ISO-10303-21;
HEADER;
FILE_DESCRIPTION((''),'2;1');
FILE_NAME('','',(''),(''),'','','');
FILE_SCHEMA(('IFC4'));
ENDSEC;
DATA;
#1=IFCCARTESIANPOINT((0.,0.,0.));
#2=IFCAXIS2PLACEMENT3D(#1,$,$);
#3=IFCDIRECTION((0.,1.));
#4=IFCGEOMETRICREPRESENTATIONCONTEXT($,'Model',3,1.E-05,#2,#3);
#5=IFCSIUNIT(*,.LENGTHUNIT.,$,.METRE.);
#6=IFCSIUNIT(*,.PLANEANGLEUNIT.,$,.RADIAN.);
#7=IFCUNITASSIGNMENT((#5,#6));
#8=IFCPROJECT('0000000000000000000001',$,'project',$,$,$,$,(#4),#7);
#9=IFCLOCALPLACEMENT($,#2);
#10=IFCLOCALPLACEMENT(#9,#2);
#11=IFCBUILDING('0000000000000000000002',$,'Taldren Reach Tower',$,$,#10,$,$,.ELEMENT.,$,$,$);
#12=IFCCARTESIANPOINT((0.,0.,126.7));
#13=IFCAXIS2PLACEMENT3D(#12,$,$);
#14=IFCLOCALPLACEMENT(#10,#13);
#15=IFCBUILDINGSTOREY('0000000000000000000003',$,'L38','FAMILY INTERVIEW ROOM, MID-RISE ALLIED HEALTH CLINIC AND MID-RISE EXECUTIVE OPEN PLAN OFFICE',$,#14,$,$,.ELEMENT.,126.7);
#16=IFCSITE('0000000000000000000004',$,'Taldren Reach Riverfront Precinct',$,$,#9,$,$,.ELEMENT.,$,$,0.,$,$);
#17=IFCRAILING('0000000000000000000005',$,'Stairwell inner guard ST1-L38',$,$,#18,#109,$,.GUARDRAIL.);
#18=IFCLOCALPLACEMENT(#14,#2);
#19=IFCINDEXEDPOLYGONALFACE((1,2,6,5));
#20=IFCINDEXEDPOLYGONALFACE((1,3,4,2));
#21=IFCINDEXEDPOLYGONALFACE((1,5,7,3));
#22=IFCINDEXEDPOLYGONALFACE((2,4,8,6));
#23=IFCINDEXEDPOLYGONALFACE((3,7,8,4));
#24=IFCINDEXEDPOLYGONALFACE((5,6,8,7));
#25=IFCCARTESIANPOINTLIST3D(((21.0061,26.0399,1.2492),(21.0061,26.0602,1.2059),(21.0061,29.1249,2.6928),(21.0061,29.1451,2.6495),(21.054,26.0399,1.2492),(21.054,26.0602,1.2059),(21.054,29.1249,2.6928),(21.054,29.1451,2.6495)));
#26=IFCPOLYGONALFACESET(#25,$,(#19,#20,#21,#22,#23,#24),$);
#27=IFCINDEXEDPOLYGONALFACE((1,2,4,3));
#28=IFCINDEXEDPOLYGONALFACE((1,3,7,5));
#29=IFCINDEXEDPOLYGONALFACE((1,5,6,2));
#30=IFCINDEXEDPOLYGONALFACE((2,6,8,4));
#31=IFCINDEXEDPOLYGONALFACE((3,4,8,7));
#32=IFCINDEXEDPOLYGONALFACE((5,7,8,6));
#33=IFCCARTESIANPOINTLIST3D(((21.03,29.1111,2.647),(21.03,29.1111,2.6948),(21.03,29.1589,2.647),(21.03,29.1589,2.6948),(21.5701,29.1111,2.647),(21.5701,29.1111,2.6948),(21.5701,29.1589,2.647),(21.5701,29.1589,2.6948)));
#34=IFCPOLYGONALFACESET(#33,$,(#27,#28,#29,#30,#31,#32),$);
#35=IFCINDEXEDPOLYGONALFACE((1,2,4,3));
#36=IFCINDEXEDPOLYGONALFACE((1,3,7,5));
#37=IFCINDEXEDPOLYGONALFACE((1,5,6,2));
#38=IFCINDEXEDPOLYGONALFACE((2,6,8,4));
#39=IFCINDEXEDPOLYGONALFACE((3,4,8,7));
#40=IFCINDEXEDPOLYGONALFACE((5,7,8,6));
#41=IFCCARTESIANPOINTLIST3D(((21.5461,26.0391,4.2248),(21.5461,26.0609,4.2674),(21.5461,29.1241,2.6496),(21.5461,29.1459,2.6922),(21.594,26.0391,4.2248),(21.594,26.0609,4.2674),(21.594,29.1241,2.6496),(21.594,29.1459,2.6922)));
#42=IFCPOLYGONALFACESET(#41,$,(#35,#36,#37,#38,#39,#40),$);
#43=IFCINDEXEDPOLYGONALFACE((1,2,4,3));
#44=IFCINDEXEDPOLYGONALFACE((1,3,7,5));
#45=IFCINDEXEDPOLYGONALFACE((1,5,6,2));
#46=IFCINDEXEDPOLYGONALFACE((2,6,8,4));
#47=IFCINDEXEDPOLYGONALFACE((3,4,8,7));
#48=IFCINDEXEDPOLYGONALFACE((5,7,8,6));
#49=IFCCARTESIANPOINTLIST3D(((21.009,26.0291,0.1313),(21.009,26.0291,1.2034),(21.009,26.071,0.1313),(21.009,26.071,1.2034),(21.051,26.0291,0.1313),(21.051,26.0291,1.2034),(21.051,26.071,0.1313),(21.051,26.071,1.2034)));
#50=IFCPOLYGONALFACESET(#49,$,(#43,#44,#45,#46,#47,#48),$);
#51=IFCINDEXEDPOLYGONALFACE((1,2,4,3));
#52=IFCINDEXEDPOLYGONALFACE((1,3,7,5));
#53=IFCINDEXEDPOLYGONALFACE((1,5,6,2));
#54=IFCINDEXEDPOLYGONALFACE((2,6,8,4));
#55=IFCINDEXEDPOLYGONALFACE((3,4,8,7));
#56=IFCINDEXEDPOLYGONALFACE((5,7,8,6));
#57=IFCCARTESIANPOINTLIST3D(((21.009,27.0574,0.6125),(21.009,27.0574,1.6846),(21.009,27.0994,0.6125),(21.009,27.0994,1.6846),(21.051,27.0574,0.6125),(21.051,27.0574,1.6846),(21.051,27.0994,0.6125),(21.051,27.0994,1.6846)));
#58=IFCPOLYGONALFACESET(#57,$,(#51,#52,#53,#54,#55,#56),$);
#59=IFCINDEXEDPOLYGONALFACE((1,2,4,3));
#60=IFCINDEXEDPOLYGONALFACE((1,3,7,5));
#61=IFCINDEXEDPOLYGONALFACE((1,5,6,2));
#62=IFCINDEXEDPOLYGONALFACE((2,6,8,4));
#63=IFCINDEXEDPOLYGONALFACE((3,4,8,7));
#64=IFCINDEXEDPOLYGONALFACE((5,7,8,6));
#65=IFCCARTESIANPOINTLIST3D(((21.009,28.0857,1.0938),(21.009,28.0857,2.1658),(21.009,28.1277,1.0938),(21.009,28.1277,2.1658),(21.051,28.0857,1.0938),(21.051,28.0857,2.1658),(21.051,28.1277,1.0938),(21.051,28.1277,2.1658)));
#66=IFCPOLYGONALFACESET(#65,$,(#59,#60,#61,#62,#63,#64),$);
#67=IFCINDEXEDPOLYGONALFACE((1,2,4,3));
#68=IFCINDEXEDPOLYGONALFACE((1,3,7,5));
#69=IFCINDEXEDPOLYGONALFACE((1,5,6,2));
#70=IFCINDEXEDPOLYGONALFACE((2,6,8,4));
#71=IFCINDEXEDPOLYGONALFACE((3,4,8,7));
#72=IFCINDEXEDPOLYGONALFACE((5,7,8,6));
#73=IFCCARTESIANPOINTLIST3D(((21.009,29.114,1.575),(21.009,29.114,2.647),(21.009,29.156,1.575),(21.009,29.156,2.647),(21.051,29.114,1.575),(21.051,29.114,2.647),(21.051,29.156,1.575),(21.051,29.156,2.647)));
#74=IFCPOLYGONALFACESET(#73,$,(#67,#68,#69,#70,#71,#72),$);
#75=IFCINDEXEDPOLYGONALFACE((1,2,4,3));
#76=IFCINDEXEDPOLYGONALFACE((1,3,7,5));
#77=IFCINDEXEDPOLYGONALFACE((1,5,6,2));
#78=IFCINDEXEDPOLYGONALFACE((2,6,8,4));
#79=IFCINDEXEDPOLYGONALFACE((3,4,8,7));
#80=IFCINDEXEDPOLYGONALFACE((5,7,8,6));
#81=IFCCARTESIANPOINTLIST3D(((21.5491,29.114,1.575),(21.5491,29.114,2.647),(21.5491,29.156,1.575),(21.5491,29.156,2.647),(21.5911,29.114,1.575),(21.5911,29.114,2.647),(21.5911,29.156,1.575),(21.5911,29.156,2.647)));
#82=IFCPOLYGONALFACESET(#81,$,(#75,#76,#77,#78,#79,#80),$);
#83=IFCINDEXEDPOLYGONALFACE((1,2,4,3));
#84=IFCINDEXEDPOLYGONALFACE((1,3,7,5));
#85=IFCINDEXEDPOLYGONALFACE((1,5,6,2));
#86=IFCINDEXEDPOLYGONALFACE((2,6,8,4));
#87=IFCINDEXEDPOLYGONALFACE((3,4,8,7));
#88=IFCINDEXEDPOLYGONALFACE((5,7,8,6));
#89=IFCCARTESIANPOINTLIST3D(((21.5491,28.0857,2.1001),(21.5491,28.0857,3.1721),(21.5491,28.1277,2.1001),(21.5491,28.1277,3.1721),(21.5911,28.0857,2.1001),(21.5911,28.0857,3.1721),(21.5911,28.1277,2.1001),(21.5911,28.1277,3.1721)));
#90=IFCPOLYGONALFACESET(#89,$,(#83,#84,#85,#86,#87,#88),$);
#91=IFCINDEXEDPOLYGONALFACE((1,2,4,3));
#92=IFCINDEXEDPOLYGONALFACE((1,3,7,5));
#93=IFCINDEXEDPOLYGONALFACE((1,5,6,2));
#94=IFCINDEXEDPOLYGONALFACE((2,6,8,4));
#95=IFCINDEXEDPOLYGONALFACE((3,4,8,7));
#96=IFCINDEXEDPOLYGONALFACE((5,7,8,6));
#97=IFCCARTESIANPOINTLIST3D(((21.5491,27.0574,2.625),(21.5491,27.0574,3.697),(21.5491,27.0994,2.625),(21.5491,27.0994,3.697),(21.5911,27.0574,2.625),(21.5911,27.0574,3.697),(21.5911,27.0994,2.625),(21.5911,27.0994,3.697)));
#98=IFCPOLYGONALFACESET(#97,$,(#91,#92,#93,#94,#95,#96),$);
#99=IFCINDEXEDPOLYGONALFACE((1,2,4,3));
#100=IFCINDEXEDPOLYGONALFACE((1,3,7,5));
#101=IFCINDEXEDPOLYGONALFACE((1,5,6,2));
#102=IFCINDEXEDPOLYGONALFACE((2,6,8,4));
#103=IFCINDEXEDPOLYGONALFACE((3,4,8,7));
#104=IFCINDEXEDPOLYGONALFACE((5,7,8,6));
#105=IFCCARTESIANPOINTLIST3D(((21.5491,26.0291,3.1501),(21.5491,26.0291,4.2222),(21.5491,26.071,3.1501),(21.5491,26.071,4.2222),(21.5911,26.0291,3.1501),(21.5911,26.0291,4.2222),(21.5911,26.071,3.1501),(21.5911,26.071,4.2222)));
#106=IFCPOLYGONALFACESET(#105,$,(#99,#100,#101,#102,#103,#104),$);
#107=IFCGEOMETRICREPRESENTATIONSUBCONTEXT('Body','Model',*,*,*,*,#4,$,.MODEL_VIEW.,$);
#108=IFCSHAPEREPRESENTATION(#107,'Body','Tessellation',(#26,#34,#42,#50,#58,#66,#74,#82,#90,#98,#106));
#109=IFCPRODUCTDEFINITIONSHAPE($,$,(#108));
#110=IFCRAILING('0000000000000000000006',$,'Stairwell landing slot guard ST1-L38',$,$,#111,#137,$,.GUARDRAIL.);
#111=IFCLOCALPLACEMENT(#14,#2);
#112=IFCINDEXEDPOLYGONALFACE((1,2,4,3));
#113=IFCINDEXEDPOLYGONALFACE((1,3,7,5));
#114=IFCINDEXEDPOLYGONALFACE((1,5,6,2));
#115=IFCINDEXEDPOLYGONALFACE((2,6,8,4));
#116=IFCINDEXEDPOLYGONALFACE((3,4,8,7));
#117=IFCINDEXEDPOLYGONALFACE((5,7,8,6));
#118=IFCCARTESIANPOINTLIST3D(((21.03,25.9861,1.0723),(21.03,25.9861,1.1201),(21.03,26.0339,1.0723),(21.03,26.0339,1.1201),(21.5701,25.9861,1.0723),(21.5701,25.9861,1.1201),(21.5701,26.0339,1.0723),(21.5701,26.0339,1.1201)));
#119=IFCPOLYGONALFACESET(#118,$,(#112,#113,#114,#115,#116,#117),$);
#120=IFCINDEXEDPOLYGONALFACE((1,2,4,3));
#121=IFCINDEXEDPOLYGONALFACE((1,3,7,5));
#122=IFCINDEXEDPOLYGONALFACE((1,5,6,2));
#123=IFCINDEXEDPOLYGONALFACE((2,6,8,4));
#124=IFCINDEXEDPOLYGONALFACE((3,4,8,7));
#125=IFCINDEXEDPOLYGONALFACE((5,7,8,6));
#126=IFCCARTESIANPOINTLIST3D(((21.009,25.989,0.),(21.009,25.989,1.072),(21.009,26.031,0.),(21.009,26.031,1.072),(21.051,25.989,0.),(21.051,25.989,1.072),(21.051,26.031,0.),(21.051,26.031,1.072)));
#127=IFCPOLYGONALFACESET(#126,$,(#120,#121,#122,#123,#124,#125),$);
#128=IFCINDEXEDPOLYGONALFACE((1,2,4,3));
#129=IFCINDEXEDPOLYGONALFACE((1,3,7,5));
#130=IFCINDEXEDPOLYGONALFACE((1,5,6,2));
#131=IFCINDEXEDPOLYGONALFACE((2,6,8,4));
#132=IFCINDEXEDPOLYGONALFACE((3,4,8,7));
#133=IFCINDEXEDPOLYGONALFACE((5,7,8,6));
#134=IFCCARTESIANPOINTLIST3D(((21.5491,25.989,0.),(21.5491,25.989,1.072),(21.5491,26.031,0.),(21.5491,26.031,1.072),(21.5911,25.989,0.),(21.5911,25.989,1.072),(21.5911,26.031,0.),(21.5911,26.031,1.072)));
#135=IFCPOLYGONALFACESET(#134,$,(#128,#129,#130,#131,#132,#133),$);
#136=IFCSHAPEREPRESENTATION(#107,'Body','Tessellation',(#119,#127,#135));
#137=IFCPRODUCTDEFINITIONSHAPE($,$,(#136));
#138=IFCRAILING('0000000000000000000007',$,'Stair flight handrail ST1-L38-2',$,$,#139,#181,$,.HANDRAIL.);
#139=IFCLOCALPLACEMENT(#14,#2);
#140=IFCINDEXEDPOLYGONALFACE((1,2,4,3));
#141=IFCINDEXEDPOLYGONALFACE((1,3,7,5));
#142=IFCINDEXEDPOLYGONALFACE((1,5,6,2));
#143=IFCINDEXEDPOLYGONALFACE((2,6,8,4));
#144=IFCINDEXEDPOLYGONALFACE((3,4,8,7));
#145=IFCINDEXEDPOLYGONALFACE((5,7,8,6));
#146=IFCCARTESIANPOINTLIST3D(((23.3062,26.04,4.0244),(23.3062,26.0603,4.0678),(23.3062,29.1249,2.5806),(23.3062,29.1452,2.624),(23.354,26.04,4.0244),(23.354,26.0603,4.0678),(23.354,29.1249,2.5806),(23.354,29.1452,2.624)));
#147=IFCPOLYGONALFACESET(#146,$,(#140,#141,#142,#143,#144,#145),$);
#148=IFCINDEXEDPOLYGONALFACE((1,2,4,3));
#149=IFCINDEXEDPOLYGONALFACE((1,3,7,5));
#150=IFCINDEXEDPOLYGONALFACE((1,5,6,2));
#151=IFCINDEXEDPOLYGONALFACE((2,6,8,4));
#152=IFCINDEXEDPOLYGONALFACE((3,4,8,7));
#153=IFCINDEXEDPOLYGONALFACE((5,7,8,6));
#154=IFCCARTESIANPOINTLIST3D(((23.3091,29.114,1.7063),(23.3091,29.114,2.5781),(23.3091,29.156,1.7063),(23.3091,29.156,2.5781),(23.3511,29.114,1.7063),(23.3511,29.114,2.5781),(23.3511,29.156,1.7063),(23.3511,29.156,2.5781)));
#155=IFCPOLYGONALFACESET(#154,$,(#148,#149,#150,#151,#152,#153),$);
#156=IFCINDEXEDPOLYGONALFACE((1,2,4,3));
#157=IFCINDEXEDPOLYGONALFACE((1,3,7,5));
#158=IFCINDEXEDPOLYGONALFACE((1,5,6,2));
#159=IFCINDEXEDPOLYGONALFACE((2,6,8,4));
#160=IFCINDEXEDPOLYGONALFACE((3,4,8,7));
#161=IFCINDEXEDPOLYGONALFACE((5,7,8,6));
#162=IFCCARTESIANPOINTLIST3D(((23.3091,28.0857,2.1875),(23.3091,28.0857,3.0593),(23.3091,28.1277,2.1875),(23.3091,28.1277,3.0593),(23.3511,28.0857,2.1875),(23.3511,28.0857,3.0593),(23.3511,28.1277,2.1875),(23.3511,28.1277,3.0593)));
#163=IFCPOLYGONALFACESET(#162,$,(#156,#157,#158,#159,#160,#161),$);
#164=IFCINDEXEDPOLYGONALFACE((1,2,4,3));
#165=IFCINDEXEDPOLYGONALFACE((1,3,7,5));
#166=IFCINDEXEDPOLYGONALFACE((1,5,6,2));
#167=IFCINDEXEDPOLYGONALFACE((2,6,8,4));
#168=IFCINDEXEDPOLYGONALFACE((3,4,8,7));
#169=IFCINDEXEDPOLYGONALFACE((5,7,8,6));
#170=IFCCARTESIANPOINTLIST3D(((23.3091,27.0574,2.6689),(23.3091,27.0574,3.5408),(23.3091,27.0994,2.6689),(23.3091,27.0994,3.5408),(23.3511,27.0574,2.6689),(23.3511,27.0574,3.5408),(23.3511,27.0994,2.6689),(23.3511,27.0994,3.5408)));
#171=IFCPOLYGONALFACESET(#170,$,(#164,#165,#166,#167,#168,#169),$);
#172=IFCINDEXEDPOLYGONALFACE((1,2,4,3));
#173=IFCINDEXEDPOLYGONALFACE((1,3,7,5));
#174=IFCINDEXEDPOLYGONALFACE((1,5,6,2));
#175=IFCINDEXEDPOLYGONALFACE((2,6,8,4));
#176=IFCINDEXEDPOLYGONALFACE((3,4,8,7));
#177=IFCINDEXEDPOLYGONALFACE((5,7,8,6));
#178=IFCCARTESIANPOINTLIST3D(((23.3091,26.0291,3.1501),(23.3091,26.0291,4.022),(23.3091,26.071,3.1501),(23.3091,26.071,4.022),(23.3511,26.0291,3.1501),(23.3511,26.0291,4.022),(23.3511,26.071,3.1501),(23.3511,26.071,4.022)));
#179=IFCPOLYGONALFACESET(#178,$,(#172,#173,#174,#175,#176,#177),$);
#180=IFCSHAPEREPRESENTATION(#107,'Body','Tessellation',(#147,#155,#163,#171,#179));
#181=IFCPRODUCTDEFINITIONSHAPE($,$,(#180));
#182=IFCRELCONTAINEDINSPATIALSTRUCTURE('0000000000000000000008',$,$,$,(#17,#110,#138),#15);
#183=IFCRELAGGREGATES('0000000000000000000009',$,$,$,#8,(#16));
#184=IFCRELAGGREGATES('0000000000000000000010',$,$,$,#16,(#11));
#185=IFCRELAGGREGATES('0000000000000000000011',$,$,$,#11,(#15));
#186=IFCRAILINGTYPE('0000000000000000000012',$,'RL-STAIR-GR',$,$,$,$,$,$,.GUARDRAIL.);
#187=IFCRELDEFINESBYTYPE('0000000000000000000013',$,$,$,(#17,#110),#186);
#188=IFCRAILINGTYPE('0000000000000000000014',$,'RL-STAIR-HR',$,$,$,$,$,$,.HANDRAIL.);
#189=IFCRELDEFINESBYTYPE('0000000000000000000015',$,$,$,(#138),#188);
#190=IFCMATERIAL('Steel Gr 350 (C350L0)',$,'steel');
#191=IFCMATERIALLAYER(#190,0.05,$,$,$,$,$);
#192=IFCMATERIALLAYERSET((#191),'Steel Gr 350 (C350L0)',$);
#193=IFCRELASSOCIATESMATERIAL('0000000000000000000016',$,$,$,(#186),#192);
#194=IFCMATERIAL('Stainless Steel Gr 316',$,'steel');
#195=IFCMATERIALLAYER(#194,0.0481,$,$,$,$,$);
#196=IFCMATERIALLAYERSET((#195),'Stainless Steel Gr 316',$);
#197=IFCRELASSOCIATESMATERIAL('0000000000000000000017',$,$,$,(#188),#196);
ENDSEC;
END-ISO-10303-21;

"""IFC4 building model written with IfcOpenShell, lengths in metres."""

from ifc_helpers import new_model, si_unit, direction, frame, origin, origin_2d, place, context, subcontext, project, spatial, rectangle, extrude, material, layer, layer_set, type_object, element, save


model = new_model("IFC4")

# Units and contexts
model_context = context("Model", 3, precision=1e-05, world=origin(), true_north=direction((0.0, 1.0)))
body_context = subcontext(model_context, "Body", "Model", "MODEL_VIEW")
ifc_project = project(units=[si_unit("LENGTHUNIT", "METRE"), si_unit("PLANEANGLEUNIT", "RADIAN")], contexts=[model_context])

# Site, building, storey
site_placement = place(None, origin())
site = spatial("IfcSite", under=ifc_project, at=site_placement, Name="Taldren Reach Riverfront Precinct", CompositionType="ELEMENT", RefElevation=0.0)
building_placement = place(site_placement, origin())
building = spatial("IfcBuilding", under=site, at=building_placement, Name="Taldren Reach Tower", CompositionType="ELEMENT")
storey_placement = place(building_placement, frame((0.0, 0.0, 126.7)))
storey = spatial("IfcBuildingStorey", under=building, at=storey_placement, Name="L38", Description="FAMILY INTERVIEW ROOM, MID-RISE ALLIED HEALTH CLINIC AND MID-RISE EXECUTIVE OPEN PLAN OFFICE", CompositionType="ELEMENT", Elevation=126.7)

# Railings
ifc_material_1 = material(Name="Steel Gr 350 (C350L0)", Category="steel")
ifc_layer_1 = layer(ifc_material_1, 0.05)
ifc_layer_set_1 = layer_set([ifc_layer_1], Name="Steel Gr 350 (C350L0)")
railing_type_1 = type_object("IfcRailingType", Name="RL-STAIR-GR", PredefinedType="GUARDRAIL", material=ifc_layer_set_1)
railing_1_placement = place(storey_placement, frame((21.03, 26.05, 0.1313)))
element("IfcRailing", 1, at=railing_1_placement, inside=storey, type_object=railing_type_1, Name="Stairwell inner guard ST1-L38", PredefinedType="GUARDRAIL", context=body_context, shape_type="SweptSolid", body=[
    extrude(rectangle(XDim=0.0479, YDim=0.0479, at=origin_2d()), frame((0.0, 0.0, 1.0962), z_axis=(0.0, 0.905738, 0.423839), x_axis=(-1.0, 0.0, 0.0)), (0.0, 0.0, 1.0), 3.406),
    extrude(rectangle(XDim=0.0479, YDim=0.0479, at=origin_2d()), frame((0.0, 3.085, 2.5396), z_axis=(1.0, 0.0, 0.0), x_axis=(0.0, 1.0, 0.0)), (0.0, 0.0, 1.0), 0.54),
    extrude(rectangle(XDim=0.0479, YDim=0.0479, at=origin_2d()), frame((0.54, 3.085, 2.5396), z_axis=(0.0, -0.890617, 0.454753), x_axis=(1.0, 0.0, 0.0)), (0.0, 0.0, 1.0), 3.4639),
    extrude(rectangle(XDim=0.042, YDim=0.042, at=origin_2d()), origin(), (0.0, 0.0, 1.0), 1.072),
    extrude(rectangle(XDim=0.042, YDim=0.042, at=origin_2d()), frame((0.0, 1.0283, 0.4812)), (0.0, 0.0, 1.0), 1.072),
    extrude(rectangle(XDim=0.042, YDim=0.042, at=origin_2d()), frame((0.0, 2.0566, 0.9624)), (0.0, 0.0, 1.0), 1.072),
    extrude(rectangle(XDim=0.042, YDim=0.042, at=origin_2d()), frame((0.0, 3.085, 1.4436)), (0.0, 0.0, 1.0), 1.072),
    extrude(rectangle(XDim=0.042, YDim=0.042, at=origin_2d()), frame((0.54, 3.085, 1.4436)), (0.0, 0.0, 1.0), 1.072),
    extrude(rectangle(XDim=0.042, YDim=0.042, at=origin_2d()), frame((0.54, 2.0566, 1.9688)), (0.0, 0.0, 1.0), 1.072),
    extrude(rectangle(XDim=0.042, YDim=0.042, at=origin_2d()), frame((0.54, 1.0283, 2.4937)), (0.0, 0.0, 1.0), 1.072),
    extrude(rectangle(XDim=0.042, YDim=0.042, at=origin_2d()), frame((0.54, 0.0, 3.0188)), (0.0, 0.0, 1.0), 1.072),
])
railing_2_placement = place(storey_placement, frame((21.03, 26.01, 0.0)))
element("IfcRailing", 2, at=railing_2_placement, inside=storey, type_object=railing_type_1, Name="Stairwell landing slot guard ST1-L38", PredefinedType="GUARDRAIL", context=body_context, shape_type="SweptSolid", body=[
    extrude(rectangle(XDim=0.0479, YDim=0.0479, at=origin_2d()), frame((0.0, 0.0, 1.0962), z_axis=(1.0, 0.0, 0.0), x_axis=(0.0, 1.0, 0.0)), (0.0, 0.0, 1.0), 0.54),
    extrude(rectangle(XDim=0.042, YDim=0.042, at=origin_2d()), origin(), (0.0, 0.0, 1.0), 1.072),
    extrude(rectangle(XDim=0.042, YDim=0.042, at=origin_2d()), frame((0.54, 0.0, 0.0)), (0.0, 0.0, 1.0), 1.072),
])
ifc_material_2 = material(Name="Stainless Steel Gr 316", Category="steel")
ifc_layer_2 = layer(ifc_material_2, 0.0481)
ifc_layer_set_2 = layer_set([ifc_layer_2], Name="Stainless Steel Gr 316")
railing_type_2 = type_object("IfcRailingType", Name="RL-STAIR-HR", PredefinedType="HANDRAIL", material=ifc_layer_set_2)
railing_3_placement = place(storey_placement, frame((23.3301, 29.135, 1.7063)))
element("IfcRailing", 3, at=railing_3_placement, inside=storey, type_object=railing_type_2, Name="Stair flight handrail ST1-L38-2", PredefinedType="HANDRAIL", context=body_context, shape_type="SweptSolid", body=[
    extrude(rectangle(XDim=0.0479, YDim=0.0479, at=origin_2d()), frame((0.0, 0.0, 0.896), z_axis=(0.0, -0.90571, 0.423898), x_axis=(1.0, 0.0, 0.0)), (0.0, 0.0, 1.0), 3.406),
    extrude(rectangle(XDim=0.042, YDim=0.042, at=origin_2d()), origin(), (0.0, 0.0, 1.0), 0.8718),
    extrude(rectangle(XDim=0.042, YDim=0.042, at=origin_2d()), frame((0.0, -1.0283, 0.4812)), (0.0, 0.0, 1.0), 0.8718),
    extrude(rectangle(XDim=0.042, YDim=0.042, at=origin_2d()), frame((0.0, -2.0566, 0.9626)), (0.0, 0.0, 1.0), 0.8718),
    extrude(rectangle(XDim=0.042, YDim=0.042, at=origin_2d()), frame((0.0, -3.085, 1.4438)), (0.0, 0.0, 1.0), 0.8718),
])

save(model, "model.ifc")
